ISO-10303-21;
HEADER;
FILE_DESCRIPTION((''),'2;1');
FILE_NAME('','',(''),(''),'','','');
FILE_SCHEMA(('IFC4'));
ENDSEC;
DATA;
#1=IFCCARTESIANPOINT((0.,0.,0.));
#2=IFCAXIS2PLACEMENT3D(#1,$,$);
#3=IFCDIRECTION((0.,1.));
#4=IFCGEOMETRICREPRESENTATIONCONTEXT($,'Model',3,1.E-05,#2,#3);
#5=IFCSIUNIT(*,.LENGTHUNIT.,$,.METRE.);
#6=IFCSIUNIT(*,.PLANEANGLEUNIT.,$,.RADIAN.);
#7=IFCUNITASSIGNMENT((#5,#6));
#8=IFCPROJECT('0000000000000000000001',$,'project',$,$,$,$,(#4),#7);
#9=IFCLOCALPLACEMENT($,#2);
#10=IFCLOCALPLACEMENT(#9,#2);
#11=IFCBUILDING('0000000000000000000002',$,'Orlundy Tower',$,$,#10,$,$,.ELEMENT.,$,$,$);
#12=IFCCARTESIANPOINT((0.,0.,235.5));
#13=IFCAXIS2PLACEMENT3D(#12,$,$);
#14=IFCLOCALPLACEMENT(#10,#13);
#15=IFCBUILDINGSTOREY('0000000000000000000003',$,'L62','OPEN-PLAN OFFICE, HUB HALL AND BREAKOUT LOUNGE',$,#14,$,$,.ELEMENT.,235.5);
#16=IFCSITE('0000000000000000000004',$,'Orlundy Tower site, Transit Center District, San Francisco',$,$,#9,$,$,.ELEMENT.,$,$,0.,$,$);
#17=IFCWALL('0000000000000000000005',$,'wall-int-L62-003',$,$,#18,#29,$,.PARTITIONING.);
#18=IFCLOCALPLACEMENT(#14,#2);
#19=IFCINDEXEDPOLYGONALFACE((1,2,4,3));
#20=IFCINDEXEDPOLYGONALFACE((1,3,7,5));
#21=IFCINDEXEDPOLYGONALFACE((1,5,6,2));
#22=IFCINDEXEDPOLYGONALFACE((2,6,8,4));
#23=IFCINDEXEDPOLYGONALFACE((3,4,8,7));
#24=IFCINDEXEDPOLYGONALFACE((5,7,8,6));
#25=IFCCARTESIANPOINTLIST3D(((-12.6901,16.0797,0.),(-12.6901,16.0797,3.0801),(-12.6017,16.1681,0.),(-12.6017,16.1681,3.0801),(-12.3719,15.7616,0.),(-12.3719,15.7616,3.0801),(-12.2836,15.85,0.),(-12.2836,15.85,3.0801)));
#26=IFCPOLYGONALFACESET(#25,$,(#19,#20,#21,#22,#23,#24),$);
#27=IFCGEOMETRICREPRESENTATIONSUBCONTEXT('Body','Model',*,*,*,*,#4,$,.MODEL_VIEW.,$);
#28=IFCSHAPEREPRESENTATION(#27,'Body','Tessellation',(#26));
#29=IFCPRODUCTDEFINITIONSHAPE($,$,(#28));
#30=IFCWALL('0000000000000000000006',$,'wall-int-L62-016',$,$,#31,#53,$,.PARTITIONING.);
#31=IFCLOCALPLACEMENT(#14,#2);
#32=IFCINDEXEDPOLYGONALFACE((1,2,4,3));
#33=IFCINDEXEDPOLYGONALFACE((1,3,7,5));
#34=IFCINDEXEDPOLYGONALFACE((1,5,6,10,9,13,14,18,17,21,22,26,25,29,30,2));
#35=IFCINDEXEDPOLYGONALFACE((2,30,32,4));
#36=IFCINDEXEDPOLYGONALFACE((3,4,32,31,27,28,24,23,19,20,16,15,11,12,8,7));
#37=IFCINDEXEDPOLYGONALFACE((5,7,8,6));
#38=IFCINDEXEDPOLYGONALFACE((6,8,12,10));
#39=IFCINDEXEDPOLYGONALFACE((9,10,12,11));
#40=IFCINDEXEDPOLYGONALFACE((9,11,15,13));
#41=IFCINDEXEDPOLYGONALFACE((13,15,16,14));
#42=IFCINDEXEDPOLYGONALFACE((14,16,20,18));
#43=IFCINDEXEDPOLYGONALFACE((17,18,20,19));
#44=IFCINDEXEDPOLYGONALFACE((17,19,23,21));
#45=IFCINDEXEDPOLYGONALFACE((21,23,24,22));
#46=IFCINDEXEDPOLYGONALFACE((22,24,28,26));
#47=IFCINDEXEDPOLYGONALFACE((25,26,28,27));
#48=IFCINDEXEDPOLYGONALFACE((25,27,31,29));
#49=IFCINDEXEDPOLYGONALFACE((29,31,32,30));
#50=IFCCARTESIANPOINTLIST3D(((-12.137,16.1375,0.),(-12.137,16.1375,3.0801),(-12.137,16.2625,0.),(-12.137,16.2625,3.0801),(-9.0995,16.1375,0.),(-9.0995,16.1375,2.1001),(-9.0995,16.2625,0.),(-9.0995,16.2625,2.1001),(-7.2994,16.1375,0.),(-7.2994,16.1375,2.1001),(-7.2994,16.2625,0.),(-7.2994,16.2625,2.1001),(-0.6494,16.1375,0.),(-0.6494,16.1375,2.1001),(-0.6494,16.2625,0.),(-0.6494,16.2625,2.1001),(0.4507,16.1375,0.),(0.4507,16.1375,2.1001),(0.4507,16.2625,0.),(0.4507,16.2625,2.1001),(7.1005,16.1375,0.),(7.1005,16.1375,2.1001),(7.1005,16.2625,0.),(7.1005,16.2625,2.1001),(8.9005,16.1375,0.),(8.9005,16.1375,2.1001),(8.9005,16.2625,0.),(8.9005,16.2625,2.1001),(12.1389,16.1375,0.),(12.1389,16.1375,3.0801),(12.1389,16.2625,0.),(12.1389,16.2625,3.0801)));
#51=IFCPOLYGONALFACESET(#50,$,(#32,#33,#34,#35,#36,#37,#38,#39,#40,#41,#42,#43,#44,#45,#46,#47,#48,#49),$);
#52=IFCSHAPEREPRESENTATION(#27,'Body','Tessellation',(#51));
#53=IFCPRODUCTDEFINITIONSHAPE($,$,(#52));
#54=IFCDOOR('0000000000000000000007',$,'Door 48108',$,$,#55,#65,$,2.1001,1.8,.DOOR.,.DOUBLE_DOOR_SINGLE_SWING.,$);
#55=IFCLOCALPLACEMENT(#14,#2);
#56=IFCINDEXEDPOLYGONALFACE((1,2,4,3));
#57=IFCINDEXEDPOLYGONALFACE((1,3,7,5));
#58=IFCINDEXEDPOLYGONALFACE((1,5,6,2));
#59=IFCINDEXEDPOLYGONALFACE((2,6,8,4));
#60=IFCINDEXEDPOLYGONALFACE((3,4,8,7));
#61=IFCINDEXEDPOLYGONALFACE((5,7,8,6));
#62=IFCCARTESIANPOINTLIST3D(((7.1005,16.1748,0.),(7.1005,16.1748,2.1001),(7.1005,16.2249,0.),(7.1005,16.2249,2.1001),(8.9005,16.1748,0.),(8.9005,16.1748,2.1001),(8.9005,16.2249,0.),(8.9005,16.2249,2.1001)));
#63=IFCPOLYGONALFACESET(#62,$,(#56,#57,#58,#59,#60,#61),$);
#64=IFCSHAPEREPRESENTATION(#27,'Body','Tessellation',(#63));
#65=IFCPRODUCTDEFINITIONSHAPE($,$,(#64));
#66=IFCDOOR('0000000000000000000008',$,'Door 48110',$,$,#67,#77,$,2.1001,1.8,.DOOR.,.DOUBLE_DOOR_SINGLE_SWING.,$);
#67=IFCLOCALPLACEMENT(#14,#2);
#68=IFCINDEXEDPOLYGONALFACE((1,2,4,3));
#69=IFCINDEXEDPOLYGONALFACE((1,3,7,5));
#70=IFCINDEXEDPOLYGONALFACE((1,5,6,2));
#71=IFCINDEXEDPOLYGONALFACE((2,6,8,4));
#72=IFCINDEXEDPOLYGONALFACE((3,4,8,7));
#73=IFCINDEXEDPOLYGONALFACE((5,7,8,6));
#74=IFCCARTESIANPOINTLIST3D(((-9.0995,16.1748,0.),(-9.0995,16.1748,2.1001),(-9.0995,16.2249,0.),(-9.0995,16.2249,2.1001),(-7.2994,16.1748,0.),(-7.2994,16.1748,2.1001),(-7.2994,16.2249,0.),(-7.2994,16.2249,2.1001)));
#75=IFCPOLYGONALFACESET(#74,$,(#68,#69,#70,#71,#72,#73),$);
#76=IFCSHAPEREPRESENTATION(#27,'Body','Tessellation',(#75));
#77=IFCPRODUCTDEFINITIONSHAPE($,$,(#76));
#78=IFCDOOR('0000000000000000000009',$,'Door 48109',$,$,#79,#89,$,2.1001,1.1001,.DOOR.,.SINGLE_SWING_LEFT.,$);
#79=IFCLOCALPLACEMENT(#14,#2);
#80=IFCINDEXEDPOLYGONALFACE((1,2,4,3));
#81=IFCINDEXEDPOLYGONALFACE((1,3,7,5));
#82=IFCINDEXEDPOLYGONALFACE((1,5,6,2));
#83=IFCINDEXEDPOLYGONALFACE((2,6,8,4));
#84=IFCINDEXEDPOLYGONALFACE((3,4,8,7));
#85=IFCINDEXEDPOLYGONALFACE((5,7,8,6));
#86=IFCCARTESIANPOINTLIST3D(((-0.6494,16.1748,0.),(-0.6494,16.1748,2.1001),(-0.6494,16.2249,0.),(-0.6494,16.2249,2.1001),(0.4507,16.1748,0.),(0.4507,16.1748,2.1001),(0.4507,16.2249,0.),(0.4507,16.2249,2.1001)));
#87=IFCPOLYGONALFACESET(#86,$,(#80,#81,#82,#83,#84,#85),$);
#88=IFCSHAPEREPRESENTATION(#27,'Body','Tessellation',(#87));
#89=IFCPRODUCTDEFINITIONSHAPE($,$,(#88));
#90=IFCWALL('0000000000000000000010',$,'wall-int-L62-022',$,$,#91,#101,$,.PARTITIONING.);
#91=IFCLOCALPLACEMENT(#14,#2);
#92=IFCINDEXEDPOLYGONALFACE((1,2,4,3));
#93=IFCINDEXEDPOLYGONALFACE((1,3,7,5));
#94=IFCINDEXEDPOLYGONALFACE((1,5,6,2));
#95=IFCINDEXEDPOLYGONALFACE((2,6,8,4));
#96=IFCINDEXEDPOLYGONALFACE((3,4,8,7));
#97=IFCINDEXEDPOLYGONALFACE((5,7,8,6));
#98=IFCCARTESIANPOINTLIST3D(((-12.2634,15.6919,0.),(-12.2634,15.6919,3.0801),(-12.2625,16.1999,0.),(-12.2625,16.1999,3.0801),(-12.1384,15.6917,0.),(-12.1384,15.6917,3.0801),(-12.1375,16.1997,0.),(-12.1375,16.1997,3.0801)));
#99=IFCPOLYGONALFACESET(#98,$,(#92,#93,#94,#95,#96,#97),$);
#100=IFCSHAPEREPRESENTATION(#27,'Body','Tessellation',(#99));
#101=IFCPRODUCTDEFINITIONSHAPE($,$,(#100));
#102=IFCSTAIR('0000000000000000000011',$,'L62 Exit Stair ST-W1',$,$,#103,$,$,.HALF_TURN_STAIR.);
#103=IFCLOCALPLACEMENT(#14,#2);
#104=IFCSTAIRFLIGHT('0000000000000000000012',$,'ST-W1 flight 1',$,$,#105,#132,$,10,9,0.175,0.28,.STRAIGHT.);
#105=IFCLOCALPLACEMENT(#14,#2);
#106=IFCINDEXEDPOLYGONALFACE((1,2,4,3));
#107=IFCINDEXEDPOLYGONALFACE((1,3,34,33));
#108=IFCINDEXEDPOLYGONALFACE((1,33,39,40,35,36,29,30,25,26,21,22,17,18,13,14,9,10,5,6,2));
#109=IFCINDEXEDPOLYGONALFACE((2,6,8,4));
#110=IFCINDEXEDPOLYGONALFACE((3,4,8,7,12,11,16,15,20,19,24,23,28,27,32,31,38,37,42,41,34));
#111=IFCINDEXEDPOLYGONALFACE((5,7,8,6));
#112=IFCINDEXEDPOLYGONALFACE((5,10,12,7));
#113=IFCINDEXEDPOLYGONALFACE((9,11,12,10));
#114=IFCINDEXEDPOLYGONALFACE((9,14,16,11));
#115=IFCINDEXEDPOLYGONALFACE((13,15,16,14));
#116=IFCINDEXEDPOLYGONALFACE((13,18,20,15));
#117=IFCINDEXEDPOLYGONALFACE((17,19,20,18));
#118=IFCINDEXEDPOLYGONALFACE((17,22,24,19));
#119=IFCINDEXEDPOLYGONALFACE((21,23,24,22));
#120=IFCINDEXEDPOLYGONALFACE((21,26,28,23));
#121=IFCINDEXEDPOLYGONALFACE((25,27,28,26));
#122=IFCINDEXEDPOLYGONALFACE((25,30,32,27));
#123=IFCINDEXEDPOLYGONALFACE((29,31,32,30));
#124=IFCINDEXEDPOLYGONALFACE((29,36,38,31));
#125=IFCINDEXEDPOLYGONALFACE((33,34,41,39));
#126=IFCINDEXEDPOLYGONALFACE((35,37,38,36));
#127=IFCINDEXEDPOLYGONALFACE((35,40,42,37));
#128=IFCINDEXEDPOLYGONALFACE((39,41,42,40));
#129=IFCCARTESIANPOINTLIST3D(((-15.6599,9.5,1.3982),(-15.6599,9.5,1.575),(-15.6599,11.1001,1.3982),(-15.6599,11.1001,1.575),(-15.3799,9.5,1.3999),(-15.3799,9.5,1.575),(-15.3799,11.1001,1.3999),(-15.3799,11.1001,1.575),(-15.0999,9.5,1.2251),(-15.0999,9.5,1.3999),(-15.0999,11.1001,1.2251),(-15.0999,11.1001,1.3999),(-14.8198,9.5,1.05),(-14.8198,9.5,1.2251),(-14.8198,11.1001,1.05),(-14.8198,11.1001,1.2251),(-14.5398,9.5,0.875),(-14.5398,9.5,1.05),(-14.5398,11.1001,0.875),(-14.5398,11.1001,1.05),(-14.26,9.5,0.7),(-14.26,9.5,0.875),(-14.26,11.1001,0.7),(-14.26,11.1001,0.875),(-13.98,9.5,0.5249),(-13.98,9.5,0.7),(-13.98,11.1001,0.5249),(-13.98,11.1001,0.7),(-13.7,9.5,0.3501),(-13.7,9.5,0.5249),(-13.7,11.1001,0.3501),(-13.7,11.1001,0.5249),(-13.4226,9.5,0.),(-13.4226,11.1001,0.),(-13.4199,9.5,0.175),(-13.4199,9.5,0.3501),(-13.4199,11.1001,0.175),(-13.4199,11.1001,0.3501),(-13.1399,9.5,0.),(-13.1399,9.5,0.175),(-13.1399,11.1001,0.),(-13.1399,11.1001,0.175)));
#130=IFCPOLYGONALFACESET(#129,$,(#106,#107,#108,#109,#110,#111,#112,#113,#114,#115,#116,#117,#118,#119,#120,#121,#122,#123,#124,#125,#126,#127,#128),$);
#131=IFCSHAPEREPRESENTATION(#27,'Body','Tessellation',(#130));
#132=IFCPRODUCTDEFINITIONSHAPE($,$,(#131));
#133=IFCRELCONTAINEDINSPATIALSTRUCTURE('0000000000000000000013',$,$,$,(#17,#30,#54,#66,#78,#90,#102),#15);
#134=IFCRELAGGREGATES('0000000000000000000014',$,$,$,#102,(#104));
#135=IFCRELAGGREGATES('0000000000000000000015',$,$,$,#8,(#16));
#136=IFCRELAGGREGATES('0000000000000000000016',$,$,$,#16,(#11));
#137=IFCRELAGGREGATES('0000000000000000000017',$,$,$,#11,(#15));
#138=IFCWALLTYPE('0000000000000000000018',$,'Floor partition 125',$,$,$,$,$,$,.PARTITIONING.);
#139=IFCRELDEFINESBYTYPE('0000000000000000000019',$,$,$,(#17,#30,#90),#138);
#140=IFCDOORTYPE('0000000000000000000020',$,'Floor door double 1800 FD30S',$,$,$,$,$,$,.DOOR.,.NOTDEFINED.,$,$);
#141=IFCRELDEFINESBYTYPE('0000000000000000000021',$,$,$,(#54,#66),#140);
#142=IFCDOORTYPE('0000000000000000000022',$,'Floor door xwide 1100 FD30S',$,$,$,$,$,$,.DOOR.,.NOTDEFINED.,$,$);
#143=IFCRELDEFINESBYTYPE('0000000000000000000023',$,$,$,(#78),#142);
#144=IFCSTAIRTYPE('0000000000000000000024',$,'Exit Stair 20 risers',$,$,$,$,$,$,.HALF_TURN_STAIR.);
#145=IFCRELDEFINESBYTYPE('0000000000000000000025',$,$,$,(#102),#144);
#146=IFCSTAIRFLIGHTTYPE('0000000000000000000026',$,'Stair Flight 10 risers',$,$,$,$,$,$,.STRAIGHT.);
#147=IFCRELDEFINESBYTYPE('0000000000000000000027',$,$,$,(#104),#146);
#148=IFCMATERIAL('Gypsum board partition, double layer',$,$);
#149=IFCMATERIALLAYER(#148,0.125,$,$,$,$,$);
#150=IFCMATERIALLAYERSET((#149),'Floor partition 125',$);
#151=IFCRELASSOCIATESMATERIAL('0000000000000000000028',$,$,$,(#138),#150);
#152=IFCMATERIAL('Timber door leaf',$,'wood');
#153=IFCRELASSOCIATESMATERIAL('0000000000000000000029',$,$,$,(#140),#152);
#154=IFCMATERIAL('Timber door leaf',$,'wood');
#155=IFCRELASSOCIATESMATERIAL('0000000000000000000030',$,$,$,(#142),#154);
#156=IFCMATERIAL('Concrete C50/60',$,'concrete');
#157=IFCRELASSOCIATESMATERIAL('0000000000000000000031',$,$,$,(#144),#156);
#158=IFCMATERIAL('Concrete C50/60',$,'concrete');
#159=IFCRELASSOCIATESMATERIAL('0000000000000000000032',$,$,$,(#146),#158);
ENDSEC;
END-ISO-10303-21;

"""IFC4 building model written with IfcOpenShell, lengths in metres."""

from ifc_helpers import new_model, si_unit, direction, frame, frame_2d, origin, place, context, subcontext, project, spatial, polyline, rectangle, outline, extrude, material, layer, layer_set, type_object, element, fill, aggregate, save


model = new_model("IFC4")

# Units and contexts
model_context = context("Model", 3, precision=1e-05, world=origin(), true_north=direction((0.0, 1.0)))
body_context = subcontext(model_context, "Body", "Model", "MODEL_VIEW")
ifc_project = project(units=[si_unit("LENGTHUNIT", "METRE"), si_unit("PLANEANGLEUNIT", "RADIAN")], contexts=[model_context])

# Site, building, storey
site_placement = place(None, origin())
site = spatial("IfcSite", under=ifc_project, at=site_placement, Name="Orlundy Tower site, Transit Center District, San Francisco", CompositionType="ELEMENT", RefElevation=0.0)
building_placement = place(site_placement, origin())
building = spatial("IfcBuilding", under=site, at=building_placement, Name="Orlundy Tower", CompositionType="ELEMENT")
storey_placement = place(building_placement, frame((0.0, 0.0, 235.5)))
storey = spatial("IfcBuildingStorey", under=building, at=storey_placement, Name="L62", Description="OPEN-PLAN OFFICE, HUB HALL AND BREAKOUT LOUNGE", CompositionType="ELEMENT", Elevation=235.5)

# Wall
ifc_material_1 = material(Name="Gypsum board partition, double layer")
ifc_layer_1 = layer(ifc_material_1, 0.125)
ifc_layer_set_1 = layer_set([ifc_layer_1], Name="Floor partition 125")
wall_type_1 = type_object("IfcWallType", Name="Floor partition 125", PredefinedType="PARTITIONING", material=ifc_layer_set_1)
wall_1_placement = place(storey_placement, frame((-12.646, 16.124, 0.0), z_axis=(0.0, 0.0, 1.0), x_axis=(0.707107, -0.707107, 0.0)))
element("IfcWall", 1, at=wall_1_placement, inside=storey, type_object=wall_type_1, Name="wall-int-L62-003", PredefinedType="PARTITIONING", context=body_context, shape_type="SweptSolid", body=[
    extrude(rectangle(XDim=0.45, YDim=0.125, at=frame_2d((0.2251, 0.0))), origin(), (0.0, 0.0, 1.0), 3.0801),
])

# Wall, openings, doors
wall_2_placement = place(storey_placement, frame((-12.137, 16.2, 0.0), z_axis=(0.0, 0.0, 1.0), x_axis=(1.0, 0.0, 0.0)))
wall_2 = element("IfcWall", 2, at=wall_2_placement, inside=storey, type_object=wall_type_1, Name="wall-int-L62-016", PredefinedType="PARTITIONING", context=body_context, shape_type="SweptSolid", body=[
    extrude(rectangle(XDim=24.2759, YDim=0.125, at=frame_2d((12.1379, 0.0))), origin(), (0.0, 0.0, 1.0), 3.0801),
])
opening_1_placement = place(wall_2_placement, frame((19.2375, 0.0, 0.0)))
opening_1 = element("IfcOpeningElement", 3, at=opening_1_placement, cuts=wall_2, PredefinedType="OPENING", context=body_context, shape_type="SweptSolid", body=[
    extrude(rectangle(XDim=1.8, YDim=2.1001, at=frame_2d((0.8999, 1.05))), frame((0.0, 0.0725, 0.0), z_axis=(0.0, -1.0, 0.0), x_axis=(1.0, 0.0, 0.0)), (0.0, 0.0, 1.0), 0.145),
])
opening_2_placement = place(wall_2_placement, frame((11.4875, 0.0, 0.0)))
opening_2 = element("IfcOpeningElement", 4, at=opening_2_placement, cuts=wall_2, PredefinedType="OPENING", context=body_context, shape_type="SweptSolid", body=[
    extrude(rectangle(XDim=1.1001, YDim=2.1001, at=frame_2d((0.55, 1.05))), frame((0.0, 0.0725, 0.0), z_axis=(0.0, -1.0, 0.0), x_axis=(1.0, 0.0, 0.0)), (0.0, 0.0, 1.0), 0.145),
])
opening_3_placement = place(wall_2_placement, frame((3.0376, 0.0, 0.0)))
opening_3 = element("IfcOpeningElement", 5, at=opening_3_placement, cuts=wall_2, PredefinedType="OPENING", context=body_context, shape_type="SweptSolid", body=[
    extrude(rectangle(XDim=1.8, YDim=2.1001, at=frame_2d((0.8999, 1.05))), frame((0.0, 0.0725, 0.0), z_axis=(0.0, -1.0, 0.0), x_axis=(1.0, 0.0, 0.0)), (0.0, 0.0, 1.0), 0.145),
])
ifc_material_2 = material(Name="Timber door leaf", Category="wood")
door_type_1 = type_object("IfcDoorType", Name="Floor door double 1800 FD30S", OperationType="NOTDEFINED", PredefinedType="DOOR", material=ifc_material_2)
door_1_placement = place(opening_1_placement, origin())
door_1 = element("IfcDoor", 6, at=door_1_placement, inside=storey, type_object=door_type_1, Name="Door 48108", OperationType="DOUBLE_DOOR_SINGLE_SWING", OverallHeight=2.1001, OverallWidth=1.8, PredefinedType="DOOR", context=body_context, shape_type="SweptSolid", body=[
    extrude(rectangle(XDim=1.8, YDim=2.1001, at=frame_2d((0.8999, 1.05))), frame((0.0, 0.0249, 0.0), z_axis=(0.0, -1.0, 0.0), x_axis=(1.0, 0.0, 0.0)), (0.0, 0.0, 1.0), 0.05),
])
fill(opening_1, door_1)
door_2_placement = place(opening_3_placement, origin())
door_2 = element("IfcDoor", 7, at=door_2_placement, inside=storey, type_object=door_type_1, Name="Door 48110", OperationType="DOUBLE_DOOR_SINGLE_SWING", OverallHeight=2.1001, OverallWidth=1.8, PredefinedType="DOOR", context=body_context, shape_type="SweptSolid", body=[
    extrude(rectangle(XDim=1.8, YDim=2.1001, at=frame_2d((0.8999, 1.05))), frame((0.0, 0.0249, 0.0), z_axis=(0.0, -1.0, 0.0), x_axis=(1.0, 0.0, 0.0)), (0.0, 0.0, 1.0), 0.05),
])
fill(opening_3, door_2)
ifc_material_3 = material(Name="Timber door leaf", Category="wood")
door_type_2 = type_object("IfcDoorType", Name="Floor door xwide 1100 FD30S", OperationType="NOTDEFINED", PredefinedType="DOOR", material=ifc_material_3)
door_3_placement = place(opening_2_placement, origin())
door_3 = element("IfcDoor", 8, at=door_3_placement, inside=storey, type_object=door_type_2, Name="Door 48109", OperationType="SINGLE_SWING_LEFT", OverallHeight=2.1001, OverallWidth=1.1001, PredefinedType="DOOR", context=body_context, shape_type="SweptSolid", body=[
    extrude(rectangle(XDim=1.1001, YDim=2.1001, at=frame_2d((0.55, 1.05))), frame((0.0, 0.0249, 0.0), z_axis=(0.0, -1.0, 0.0), x_axis=(1.0, 0.0, 0.0)), (0.0, 0.0, 1.0), 0.05),
])
fill(opening_2, door_3)

# Wall
wall_3_placement = place(storey_placement, frame((-12.2009, 15.6919, 0.0), z_axis=(0.0, 0.0, 1.0), x_axis=(0.001922, 0.999998, 0.0)))
element("IfcWall", 9, at=wall_3_placement, inside=storey, type_object=wall_type_1, Name="wall-int-L62-022", PredefinedType="PARTITIONING", context=body_context, shape_type="SweptSolid", body=[
    extrude(rectangle(XDim=0.5081, YDim=0.125, at=frame_2d((0.2539, 0.0))), origin(), (0.0, 0.0, 1.0), 3.0801),
])

# Stair, stair flight
ifc_material_4 = material(Name="Concrete C50/60", Category="concrete")
stair_type = type_object("IfcStairType", Name="Exit Stair 20 risers", PredefinedType="HALF_TURN_STAIR", material=ifc_material_4)
stair_placement = place(storey_placement, origin())
stair = element("IfcStair", 10, at=stair_placement, inside=storey, type_object=stair_type, Name="L62 Exit Stair ST-W1", PredefinedType="HALF_TURN_STAIR")
ifc_material_5 = material(Name="Concrete C50/60", Category="concrete")
stair_flight_type = type_object("IfcStairFlightType", Name="Stair Flight 10 risers", PredefinedType="STRAIGHT", material=ifc_material_5)
stair_flight_placement = place(storey_placement, frame((-13.1399, 10.3, 0.0), z_axis=(0.0, 0.0, 1.0), x_axis=(-1.0, 0.0, 0.0)))
stair_flight = element("IfcStairFlight", 11, at=stair_flight_placement, type_object=stair_flight_type, Name="ST-W1 flight 1", NumberOfRisers=10, NumberOfTreads=9, PredefinedType="STRAIGHT", RiserHeight=0.175, TreadLength=0.28, context=body_context, shape_type="SweptSolid", body=[
    extrude(outline(polyline([(0.0, 0.0), (0.0, 0.175), (0.28, 0.175), (0.28, 0.3501), (0.5601, 0.3501), (0.5601, 0.5249), (0.8401, 0.5249), (0.8401, 0.7), (1.1201, 0.7), (1.1201, 0.875), (1.3999, 0.875), (1.3999, 1.05), (1.6799, 1.05), (1.6799, 1.2251), (1.96, 1.2251), (1.96, 1.3999), (2.24, 1.3999), (2.24, 1.575), (2.52, 1.575), (2.52, 1.75), (2.52, 1.3982), (0.2827, 0.0), (0.0, 0.0)])), frame((0.0, 0.8, 0.0), z_axis=(0.0, -1.0, 0.0), x_axis=(1.0, 0.0, 0.0)), (0.0, 0.0, 1.0), 1.6001),
])
aggregate(stair, [stair_flight])

save(model, "model.ifc")
